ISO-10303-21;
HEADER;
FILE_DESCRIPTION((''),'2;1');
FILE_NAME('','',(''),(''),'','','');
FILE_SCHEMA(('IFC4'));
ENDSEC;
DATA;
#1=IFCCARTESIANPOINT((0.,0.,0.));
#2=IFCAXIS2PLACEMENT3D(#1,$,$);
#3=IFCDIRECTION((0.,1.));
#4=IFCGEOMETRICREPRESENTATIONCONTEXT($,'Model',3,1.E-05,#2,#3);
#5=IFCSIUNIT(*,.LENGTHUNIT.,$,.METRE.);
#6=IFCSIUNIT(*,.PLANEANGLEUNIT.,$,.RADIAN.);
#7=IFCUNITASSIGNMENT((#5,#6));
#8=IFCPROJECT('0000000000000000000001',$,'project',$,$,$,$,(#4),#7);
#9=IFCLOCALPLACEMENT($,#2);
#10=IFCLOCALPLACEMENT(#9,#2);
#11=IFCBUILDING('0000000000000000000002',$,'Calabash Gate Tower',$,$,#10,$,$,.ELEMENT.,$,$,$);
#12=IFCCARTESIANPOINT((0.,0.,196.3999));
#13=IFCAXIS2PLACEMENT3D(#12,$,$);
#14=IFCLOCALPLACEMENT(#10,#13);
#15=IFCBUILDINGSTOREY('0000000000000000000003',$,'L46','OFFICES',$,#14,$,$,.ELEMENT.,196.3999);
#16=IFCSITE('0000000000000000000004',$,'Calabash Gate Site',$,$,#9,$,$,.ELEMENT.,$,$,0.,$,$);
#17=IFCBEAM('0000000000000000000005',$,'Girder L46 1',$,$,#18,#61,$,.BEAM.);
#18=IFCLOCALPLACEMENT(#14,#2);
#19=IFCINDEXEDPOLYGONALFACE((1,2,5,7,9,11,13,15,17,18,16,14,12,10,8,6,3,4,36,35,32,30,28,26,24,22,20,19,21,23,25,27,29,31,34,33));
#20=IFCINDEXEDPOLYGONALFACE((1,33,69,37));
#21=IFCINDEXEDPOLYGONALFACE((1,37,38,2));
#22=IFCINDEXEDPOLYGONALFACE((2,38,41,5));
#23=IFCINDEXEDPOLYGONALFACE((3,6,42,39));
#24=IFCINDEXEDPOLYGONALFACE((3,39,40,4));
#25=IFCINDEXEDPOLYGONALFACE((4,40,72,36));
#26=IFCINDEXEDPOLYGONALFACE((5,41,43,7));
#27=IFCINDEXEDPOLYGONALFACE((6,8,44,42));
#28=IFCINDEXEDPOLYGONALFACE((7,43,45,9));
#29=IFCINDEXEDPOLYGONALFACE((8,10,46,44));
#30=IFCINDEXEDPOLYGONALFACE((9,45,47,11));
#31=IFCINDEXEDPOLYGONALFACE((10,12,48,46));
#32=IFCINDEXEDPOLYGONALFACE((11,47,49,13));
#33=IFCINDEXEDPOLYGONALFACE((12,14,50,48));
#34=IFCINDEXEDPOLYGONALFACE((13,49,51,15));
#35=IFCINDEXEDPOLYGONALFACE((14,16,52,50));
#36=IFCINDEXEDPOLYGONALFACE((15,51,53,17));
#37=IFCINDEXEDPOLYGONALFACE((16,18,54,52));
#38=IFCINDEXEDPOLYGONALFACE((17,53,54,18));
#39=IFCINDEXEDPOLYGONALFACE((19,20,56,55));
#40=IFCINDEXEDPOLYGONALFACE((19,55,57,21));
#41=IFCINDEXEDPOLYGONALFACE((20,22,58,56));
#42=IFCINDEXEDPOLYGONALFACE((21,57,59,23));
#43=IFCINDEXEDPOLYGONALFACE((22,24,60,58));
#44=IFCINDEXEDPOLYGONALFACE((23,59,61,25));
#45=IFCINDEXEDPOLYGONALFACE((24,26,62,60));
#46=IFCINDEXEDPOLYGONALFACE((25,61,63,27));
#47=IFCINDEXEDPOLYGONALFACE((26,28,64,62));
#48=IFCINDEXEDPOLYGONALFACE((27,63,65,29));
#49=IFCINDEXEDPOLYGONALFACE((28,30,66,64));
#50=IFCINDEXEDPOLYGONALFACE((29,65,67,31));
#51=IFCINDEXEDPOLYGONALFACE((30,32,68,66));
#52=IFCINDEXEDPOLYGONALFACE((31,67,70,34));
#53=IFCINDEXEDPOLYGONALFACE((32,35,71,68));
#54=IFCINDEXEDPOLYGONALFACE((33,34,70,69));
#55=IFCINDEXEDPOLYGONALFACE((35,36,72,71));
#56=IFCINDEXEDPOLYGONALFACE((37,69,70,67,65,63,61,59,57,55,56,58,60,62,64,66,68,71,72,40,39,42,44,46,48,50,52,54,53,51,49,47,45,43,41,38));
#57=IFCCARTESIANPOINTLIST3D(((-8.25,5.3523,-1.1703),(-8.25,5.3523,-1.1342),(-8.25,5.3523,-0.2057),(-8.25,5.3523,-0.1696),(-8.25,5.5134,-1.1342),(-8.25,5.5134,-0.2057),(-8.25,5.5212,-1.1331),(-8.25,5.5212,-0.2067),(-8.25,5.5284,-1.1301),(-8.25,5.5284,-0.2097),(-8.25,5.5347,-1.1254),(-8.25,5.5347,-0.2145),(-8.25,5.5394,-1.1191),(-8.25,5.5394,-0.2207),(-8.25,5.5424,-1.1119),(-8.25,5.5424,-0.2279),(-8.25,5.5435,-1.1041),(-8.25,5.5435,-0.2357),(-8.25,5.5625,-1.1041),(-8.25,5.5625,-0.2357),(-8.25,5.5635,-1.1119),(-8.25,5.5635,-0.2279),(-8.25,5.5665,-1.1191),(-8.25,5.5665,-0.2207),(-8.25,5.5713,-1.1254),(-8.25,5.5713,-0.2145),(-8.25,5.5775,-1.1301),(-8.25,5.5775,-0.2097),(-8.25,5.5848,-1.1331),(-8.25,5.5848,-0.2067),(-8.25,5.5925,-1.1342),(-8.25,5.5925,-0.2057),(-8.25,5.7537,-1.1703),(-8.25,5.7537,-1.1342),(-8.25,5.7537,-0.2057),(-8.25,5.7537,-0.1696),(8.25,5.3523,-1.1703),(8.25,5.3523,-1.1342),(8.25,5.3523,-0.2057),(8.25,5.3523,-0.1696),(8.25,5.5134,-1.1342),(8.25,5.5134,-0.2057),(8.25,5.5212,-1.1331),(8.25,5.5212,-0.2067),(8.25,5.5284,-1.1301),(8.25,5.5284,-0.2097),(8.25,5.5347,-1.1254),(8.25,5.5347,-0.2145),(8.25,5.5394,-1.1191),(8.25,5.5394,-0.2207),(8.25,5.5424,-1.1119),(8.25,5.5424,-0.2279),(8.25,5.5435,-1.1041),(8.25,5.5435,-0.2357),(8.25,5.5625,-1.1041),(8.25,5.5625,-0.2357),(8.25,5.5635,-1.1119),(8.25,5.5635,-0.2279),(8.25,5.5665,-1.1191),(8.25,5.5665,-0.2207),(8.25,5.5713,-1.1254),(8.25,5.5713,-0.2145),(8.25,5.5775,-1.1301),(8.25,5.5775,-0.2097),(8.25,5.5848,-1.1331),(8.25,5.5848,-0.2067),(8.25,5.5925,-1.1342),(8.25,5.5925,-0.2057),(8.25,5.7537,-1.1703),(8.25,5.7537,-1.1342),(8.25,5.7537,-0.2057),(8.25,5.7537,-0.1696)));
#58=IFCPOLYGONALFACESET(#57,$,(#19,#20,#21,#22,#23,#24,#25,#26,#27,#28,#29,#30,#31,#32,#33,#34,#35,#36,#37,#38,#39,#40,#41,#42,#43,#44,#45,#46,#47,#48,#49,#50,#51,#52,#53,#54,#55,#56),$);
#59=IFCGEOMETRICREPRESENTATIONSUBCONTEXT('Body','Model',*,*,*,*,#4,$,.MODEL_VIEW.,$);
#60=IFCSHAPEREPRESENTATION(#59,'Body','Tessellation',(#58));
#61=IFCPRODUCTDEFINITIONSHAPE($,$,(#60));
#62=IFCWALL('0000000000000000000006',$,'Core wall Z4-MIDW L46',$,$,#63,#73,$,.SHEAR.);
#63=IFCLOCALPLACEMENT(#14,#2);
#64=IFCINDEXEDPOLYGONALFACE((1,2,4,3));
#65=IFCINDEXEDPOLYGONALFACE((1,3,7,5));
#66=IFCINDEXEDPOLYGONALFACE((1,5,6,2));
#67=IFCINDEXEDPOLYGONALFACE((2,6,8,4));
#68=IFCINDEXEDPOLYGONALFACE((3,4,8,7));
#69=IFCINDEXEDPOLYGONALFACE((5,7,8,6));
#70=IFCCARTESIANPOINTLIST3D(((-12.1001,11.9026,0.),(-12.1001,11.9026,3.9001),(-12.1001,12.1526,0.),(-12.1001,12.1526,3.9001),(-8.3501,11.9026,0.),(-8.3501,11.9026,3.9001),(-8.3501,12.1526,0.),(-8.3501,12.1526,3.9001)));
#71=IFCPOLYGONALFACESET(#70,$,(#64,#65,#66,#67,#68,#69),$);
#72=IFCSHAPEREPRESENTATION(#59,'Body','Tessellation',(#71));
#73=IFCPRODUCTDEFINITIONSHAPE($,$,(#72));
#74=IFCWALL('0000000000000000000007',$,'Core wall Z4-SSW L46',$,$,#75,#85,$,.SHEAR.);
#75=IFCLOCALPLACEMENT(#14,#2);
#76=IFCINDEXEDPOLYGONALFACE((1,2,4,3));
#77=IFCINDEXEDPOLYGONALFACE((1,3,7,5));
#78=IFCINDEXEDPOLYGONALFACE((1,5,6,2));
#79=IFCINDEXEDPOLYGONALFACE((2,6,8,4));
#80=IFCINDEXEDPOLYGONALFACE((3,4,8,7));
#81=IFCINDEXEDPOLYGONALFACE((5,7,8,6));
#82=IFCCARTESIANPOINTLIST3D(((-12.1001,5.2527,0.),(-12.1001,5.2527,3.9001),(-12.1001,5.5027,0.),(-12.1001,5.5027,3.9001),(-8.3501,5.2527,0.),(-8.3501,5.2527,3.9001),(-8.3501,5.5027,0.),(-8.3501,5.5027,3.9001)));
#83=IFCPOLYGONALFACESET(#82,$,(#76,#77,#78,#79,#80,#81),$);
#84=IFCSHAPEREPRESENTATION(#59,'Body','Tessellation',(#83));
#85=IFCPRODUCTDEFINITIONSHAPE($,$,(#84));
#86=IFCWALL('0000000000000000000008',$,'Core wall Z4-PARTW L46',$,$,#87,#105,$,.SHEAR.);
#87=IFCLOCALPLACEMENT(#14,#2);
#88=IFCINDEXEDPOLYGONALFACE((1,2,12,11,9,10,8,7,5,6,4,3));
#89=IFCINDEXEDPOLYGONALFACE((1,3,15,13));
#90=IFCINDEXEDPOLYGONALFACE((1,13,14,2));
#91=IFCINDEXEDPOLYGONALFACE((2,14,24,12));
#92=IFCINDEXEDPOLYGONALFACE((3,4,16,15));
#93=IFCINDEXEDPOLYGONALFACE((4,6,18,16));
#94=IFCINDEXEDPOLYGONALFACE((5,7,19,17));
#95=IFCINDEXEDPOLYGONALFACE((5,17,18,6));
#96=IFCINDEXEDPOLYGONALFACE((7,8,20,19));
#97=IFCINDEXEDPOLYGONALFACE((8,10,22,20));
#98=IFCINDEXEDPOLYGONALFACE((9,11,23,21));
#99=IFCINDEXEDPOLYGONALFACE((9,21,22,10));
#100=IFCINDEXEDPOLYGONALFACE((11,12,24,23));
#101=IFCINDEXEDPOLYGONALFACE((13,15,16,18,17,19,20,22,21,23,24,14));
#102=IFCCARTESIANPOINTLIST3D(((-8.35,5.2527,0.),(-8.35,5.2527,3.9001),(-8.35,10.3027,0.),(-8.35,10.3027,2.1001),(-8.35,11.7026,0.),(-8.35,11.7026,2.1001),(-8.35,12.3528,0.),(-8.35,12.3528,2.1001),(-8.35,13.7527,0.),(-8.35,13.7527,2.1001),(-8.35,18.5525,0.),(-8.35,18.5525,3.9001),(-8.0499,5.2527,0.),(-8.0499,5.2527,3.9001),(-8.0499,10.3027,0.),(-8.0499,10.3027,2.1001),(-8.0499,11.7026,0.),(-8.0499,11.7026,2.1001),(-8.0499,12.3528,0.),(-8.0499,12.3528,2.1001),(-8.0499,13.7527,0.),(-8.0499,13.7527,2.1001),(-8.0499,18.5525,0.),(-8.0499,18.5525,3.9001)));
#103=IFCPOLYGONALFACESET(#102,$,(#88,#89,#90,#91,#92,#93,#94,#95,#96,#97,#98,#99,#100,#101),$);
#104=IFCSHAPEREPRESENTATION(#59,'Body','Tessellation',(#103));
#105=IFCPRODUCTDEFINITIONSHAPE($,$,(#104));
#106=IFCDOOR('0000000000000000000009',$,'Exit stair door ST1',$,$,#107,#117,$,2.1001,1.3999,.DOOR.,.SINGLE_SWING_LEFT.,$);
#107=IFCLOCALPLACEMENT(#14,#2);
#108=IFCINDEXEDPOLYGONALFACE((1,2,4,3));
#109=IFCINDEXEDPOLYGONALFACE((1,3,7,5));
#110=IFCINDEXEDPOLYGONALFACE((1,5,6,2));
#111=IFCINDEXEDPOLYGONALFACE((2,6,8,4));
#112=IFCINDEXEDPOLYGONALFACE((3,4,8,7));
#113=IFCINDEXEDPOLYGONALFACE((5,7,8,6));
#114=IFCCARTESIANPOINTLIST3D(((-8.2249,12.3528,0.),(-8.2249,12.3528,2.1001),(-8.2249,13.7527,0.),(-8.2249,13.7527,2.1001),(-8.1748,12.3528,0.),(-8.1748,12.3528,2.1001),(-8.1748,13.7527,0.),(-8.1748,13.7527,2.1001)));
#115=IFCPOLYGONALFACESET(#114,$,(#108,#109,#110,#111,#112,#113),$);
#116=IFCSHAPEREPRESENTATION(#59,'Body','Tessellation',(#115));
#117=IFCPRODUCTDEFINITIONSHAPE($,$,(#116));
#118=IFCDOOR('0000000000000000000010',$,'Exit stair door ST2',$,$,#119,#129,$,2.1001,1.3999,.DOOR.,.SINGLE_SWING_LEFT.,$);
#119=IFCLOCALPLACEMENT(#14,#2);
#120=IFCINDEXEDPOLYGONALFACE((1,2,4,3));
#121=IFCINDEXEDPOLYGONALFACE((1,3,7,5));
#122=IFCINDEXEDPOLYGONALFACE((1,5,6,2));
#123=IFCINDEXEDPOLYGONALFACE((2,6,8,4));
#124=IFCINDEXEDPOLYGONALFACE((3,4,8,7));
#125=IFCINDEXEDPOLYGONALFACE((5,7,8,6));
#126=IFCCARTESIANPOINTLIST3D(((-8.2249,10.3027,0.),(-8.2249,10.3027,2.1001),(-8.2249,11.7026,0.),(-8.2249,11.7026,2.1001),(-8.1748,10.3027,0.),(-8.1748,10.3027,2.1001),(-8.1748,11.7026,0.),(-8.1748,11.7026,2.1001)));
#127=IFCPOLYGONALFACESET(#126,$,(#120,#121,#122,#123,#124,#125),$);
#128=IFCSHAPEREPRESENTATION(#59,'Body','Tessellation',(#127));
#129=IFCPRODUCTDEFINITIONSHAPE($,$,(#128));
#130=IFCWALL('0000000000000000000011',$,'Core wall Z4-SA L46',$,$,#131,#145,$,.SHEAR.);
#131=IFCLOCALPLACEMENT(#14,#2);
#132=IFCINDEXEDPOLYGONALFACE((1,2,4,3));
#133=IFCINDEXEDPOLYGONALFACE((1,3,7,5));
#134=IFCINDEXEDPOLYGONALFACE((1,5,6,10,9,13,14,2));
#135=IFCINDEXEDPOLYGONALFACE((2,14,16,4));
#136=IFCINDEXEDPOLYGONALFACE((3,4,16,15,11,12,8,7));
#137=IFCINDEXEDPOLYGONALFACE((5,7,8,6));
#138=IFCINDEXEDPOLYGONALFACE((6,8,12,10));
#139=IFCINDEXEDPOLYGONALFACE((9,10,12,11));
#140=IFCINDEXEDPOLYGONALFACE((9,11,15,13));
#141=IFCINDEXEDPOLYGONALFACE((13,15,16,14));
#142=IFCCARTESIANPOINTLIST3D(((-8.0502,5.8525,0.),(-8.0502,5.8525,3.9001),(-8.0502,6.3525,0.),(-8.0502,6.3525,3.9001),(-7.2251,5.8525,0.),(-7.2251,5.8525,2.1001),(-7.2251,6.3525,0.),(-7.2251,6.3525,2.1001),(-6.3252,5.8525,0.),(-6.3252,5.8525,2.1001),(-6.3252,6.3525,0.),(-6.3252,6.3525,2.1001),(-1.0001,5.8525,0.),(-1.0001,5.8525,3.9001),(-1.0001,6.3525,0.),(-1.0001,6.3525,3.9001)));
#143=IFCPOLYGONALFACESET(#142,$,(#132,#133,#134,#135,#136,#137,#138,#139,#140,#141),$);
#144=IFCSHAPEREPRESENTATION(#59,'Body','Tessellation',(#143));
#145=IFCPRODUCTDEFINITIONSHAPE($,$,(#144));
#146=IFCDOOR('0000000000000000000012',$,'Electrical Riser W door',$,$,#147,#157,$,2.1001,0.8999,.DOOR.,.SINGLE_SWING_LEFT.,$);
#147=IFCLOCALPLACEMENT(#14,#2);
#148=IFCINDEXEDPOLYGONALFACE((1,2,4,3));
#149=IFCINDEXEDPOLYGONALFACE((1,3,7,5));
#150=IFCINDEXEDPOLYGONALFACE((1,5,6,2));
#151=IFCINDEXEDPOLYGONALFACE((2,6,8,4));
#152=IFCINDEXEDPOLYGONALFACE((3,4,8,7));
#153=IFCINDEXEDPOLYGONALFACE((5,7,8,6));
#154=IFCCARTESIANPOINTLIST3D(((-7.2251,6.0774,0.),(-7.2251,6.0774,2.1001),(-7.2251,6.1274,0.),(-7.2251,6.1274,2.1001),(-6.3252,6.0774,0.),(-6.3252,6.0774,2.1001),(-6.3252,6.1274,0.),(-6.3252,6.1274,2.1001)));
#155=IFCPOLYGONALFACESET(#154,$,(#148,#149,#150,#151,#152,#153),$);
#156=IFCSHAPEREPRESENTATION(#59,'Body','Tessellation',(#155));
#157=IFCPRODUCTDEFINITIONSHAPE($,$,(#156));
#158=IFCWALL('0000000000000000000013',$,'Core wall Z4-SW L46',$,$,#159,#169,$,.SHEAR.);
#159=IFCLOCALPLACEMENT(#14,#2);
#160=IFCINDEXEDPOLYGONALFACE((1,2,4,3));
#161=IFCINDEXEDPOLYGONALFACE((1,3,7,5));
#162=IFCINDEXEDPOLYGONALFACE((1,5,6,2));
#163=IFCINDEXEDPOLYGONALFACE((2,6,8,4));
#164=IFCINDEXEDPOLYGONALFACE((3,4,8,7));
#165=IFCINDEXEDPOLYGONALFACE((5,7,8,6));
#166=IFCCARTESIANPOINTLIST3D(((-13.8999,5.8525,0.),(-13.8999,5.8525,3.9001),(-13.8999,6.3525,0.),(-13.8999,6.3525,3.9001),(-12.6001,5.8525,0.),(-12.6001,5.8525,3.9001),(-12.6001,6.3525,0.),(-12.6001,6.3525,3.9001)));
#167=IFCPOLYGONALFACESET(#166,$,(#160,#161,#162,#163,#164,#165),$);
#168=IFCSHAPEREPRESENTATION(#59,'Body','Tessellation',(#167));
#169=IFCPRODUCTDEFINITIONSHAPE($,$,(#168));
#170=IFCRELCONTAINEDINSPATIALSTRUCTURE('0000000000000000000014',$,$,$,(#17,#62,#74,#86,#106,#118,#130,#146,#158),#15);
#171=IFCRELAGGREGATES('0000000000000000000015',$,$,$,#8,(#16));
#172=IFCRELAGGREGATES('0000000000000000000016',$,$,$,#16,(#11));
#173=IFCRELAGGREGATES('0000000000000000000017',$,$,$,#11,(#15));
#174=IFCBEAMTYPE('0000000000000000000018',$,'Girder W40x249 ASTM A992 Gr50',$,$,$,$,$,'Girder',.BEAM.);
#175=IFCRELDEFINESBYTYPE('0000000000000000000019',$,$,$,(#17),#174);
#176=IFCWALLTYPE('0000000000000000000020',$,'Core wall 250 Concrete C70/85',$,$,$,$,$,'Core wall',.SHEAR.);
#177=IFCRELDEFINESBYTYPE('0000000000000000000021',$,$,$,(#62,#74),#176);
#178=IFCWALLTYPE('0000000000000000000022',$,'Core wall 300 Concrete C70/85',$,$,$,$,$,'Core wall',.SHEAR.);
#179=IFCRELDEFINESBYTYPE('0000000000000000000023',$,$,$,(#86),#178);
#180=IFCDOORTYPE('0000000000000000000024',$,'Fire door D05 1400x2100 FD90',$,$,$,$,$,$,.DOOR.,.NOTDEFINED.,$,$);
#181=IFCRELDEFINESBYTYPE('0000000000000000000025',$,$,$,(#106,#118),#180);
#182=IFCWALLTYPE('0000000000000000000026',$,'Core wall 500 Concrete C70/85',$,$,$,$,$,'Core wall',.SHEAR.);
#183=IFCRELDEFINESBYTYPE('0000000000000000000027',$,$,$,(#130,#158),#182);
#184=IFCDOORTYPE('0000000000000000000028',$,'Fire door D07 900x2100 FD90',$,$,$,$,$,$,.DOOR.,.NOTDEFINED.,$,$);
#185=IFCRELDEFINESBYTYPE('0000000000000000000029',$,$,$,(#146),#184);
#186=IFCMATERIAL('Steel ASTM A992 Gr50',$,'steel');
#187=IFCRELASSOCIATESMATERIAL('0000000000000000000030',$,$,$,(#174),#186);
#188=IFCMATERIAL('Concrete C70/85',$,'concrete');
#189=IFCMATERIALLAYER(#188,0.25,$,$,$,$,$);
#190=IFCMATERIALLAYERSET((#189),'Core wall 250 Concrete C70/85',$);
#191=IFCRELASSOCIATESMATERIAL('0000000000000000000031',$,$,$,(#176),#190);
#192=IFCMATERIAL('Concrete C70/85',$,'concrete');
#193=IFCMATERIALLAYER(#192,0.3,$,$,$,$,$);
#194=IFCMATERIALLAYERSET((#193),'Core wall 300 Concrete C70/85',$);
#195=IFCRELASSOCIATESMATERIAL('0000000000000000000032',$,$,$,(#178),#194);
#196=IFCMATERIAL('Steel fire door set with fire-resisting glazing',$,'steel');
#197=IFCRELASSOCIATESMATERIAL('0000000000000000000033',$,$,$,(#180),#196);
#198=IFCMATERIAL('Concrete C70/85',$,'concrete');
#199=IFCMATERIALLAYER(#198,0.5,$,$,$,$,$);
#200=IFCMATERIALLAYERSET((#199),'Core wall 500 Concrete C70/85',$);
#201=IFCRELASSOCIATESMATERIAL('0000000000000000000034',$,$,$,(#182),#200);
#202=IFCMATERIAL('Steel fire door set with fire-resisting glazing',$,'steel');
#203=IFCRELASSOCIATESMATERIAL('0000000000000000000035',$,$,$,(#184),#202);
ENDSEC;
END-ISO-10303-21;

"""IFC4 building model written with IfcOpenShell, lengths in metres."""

from ifc_helpers import new_model, si_unit, direction, frame, frame_2d, origin, origin_2d, place, context, subcontext, project, spatial, rectangle, i_section, extrude, material, layer, layer_set, material_profile, profile_set, type_object, element, fill, save


model = new_model("IFC4")

# Units and contexts
model_context = context("Model", 3, precision=1e-05, world=origin(), true_north=direction((0.0, 1.0)))
body_context = subcontext(model_context, "Body", "Model", "MODEL_VIEW")
ifc_project = project(units=[si_unit("LENGTHUNIT", "METRE"), si_unit("PLANEANGLEUNIT", "RADIAN")], contexts=[model_context])

# Site, building, storey
site_placement = place(None, origin())
site = spatial("IfcSite", under=ifc_project, at=site_placement, Name="Calabash Gate Site", CompositionType="ELEMENT", RefElevation=0.0)
building_placement = place(site_placement, origin())
building = spatial("IfcBuilding", under=site, at=building_placement, Name="Calabash Gate Tower", CompositionType="ELEMENT")
storey_placement = place(building_placement, frame((0.0, 0.0, 196.3999)))
storey = spatial("IfcBuildingStorey", under=building, at=storey_placement, Name="L46", Description="OFFICES", CompositionType="ELEMENT", Elevation=196.3999)

# Beam
ifc_material_1 = material(Name="Steel ASTM A992 Gr50", Category="steel")
ifc_material_profile = material_profile(ifc_material_1, i_section(OverallWidth=0.4014, OverallDepth=1.0007, WebThickness=0.019, FlangeThickness=0.0361, FilletRadius=0.03, at=origin_2d()))
ifc_profile_set = profile_set([ifc_material_profile], Name="Steel ASTM A992 Gr50")
beam_type = type_object("IfcBeamType", Name="Girder W40x249 ASTM A992 Gr50", ElementType="Girder", PredefinedType="BEAM", material=ifc_profile_set)
beam_placement = place(storey_placement, frame((-8.25, 5.553, -0.6699), z_axis=(1.0, 0.0, 0.0), x_axis=(0.0, 1.0, 0.0)))
element("IfcBeam", 1, at=beam_placement, inside=storey, type_object=beam_type, Name="Girder L46 1", PredefinedType="BEAM", context=body_context, shape_type="SweptSolid", body=[
    extrude(i_section(OverallWidth=0.4014, OverallDepth=1.0007, WebThickness=0.019, FlangeThickness=0.0361, FilletRadius=0.03, at=origin_2d()), origin(), (0.0, 0.0, 1.0), 16.5),
])

# Walls
ifc_material_2 = material(Name="Concrete C70/85", Category="concrete")
ifc_layer_1 = layer(ifc_material_2, 0.25)
ifc_layer_set_1 = layer_set([ifc_layer_1], Name="Core wall 250 Concrete C70/85")
wall_type_1 = type_object("IfcWallType", Name="Core wall 250 Concrete C70/85", ElementType="Core wall", PredefinedType="SHEAR", material=ifc_layer_set_1)
for number, where, z_axis, x_axis, name in (
    (2, (-12.1001, 12.0276, 0.0), (0.0, 0.0, 1.0), (1.0, 0.0, 0.0), "Core wall Z4-MIDW L46"),
    (3, (-12.1001, 5.3777, 0.0), (0.0, 0.0, 1.0), (1.0, 0.0, 0.0), "Core wall Z4-SSW L46"),
):
    element("IfcWall", number, at=place(storey_placement, frame(where, z_axis=z_axis, x_axis=x_axis)), inside=storey, type_object=wall_type_1, Name=name, PredefinedType="SHEAR", context=body_context, shape_type="SweptSolid", body=[
        extrude(rectangle(XDim=3.75, YDim=0.25, at=frame_2d((1.875, 0.0))), origin(), (0.0, 0.0, 1.0), 3.9001),
    ])

# Wall, openings, doors
ifc_material_3 = material(Name="Concrete C70/85", Category="concrete")
ifc_layer_2 = layer(ifc_material_3, 0.3)
ifc_layer_set_2 = layer_set([ifc_layer_2], Name="Core wall 300 Concrete C70/85")
wall_type_2 = type_object("IfcWallType", Name="Core wall 300 Concrete C70/85", ElementType="Core wall", PredefinedType="SHEAR", material=ifc_layer_set_2)
wall_1_placement = place(storey_placement, frame((-8.2, 5.2527, 0.0), z_axis=(0.0, 0.0, 1.0), x_axis=(0.0, 1.0, 0.0)))
wall_1 = element("IfcWall", 4, at=wall_1_placement, inside=storey, type_object=wall_type_2, Name="Core wall Z4-PARTW L46", PredefinedType="SHEAR", context=body_context, shape_type="SweptSolid", body=[
    extrude(rectangle(XDim=13.2998, YDim=0.3, at=frame_2d((6.6499, 0.0))), origin(), (0.0, 0.0, 1.0), 3.9001),
])
opening_1_placement = place(wall_1_placement, frame((7.1001, 0.0, 0.0)))
opening_1 = element("IfcOpeningElement", 5, at=opening_1_placement, cuts=wall_1, PredefinedType="OPENING", context=body_context, shape_type="SweptSolid", body=[
    extrude(rectangle(XDim=1.3999, YDim=2.1001, at=frame_2d((0.7, 1.05))), frame((0.0, 0.1599, 0.0), z_axis=(0.0, -1.0, 0.0), x_axis=(1.0, 0.0, 0.0)), (0.0, 0.0, 1.0), 0.3201),
])
opening_2_placement = place(wall_1_placement, frame((5.05, 0.0, 0.0)))
opening_2 = element("IfcOpeningElement", 6, at=opening_2_placement, cuts=wall_1, PredefinedType="OPENING", context=body_context, shape_type="SweptSolid", body=[
    extrude(rectangle(XDim=1.3999, YDim=2.1001, at=frame_2d((0.7, 1.05))), frame((0.0, 0.1599, 0.0), z_axis=(0.0, -1.0, 0.0), x_axis=(1.0, 0.0, 0.0)), (0.0, 0.0, 1.0), 0.3201),
])
ifc_material_4 = material(Name="Steel fire door set with fire-resisting glazing", Category="steel")
door_type_1 = type_object("IfcDoorType", Name="Fire door D05 1400x2100 FD90", OperationType="NOTDEFINED", PredefinedType="DOOR", material=ifc_material_4)
door_1_placement = place(opening_1_placement, origin())
door_1 = element("IfcDoor", 7, at=door_1_placement, inside=storey, type_object=door_type_1, Name="Exit stair door ST1", OperationType="SINGLE_SWING_LEFT", OverallHeight=2.1001, OverallWidth=1.3999, PredefinedType="DOOR", context=body_context, shape_type="SweptSolid", body=[
    extrude(rectangle(XDim=1.3999, YDim=2.1001, at=frame_2d((0.7, 1.05))), frame((0.0, 0.0249, 0.0), z_axis=(0.0, -1.0, 0.0), x_axis=(1.0, 0.0, 0.0)), (0.0, 0.0, 1.0), 0.05),
])
fill(opening_1, door_1)
door_2_placement = place(opening_2_placement, origin())
door_2 = element("IfcDoor", 8, at=door_2_placement, inside=storey, type_object=door_type_1, Name="Exit stair door ST2", OperationType="SINGLE_SWING_LEFT", OverallHeight=2.1001, OverallWidth=1.3999, PredefinedType="DOOR", context=body_context, shape_type="SweptSolid", body=[
    extrude(rectangle(XDim=1.3999, YDim=2.1001, at=frame_2d((0.7, 1.05))), frame((0.0, 0.0249, 0.0), z_axis=(0.0, -1.0, 0.0), x_axis=(1.0, 0.0, 0.0)), (0.0, 0.0, 1.0), 0.05),
])
fill(opening_2, door_2)

# Wall, opening, door
ifc_material_5 = material(Name="Concrete C70/85", Category="concrete")
ifc_layer_3 = layer(ifc_material_5, 0.5)
ifc_layer_set_3 = layer_set([ifc_layer_3], Name="Core wall 500 Concrete C70/85")
wall_type_3 = type_object("IfcWallType", Name="Core wall 500 Concrete C70/85", ElementType="Core wall", PredefinedType="SHEAR", material=ifc_layer_set_3)
wall_2_placement = place(storey_placement, frame((-8.05, 6.1025, 0.0), z_axis=(0.0, 0.0, 1.0), x_axis=(1.0, 0.0, 0.0)))
wall_2 = element("IfcWall", 9, at=wall_2_placement, inside=storey, type_object=wall_type_3, Name="Core wall Z4-SA L46", PredefinedType="SHEAR", context=body_context, shape_type="SweptSolid", body=[
    extrude(rectangle(XDim=7.05, YDim=0.5, at=frame_2d((3.5249, 0.0))), origin(), (0.0, 0.0, 1.0), 3.9001),
])
opening_3_placement = place(wall_2_placement, frame((0.825, 0.0, 0.0)))
opening_3 = element("IfcOpeningElement", 10, at=opening_3_placement, cuts=wall_2, PredefinedType="OPENING", context=body_context, shape_type="SweptSolid", body=[
    extrude(rectangle(XDim=0.8999, YDim=2.1001, at=frame_2d((0.45, 1.05))), frame((0.0, 0.26, 0.0), z_axis=(0.0, -1.0, 0.0), x_axis=(1.0, 0.0, 0.0)), (0.0, 0.0, 1.0), 0.52),
])
ifc_material_6 = material(Name="Steel fire door set with fire-resisting glazing", Category="steel")
door_type_2 = type_object("IfcDoorType", Name="Fire door D07 900x2100 FD90", OperationType="NOTDEFINED", PredefinedType="DOOR", material=ifc_material_6)
door_3_placement = place(opening_3_placement, origin())
door_3 = element("IfcDoor", 11, at=door_3_placement, inside=storey, type_object=door_type_2, Name="Electrical Riser W door", OperationType="SINGLE_SWING_LEFT", OverallHeight=2.1001, OverallWidth=0.8999, PredefinedType="DOOR", context=body_context, shape_type="SweptSolid", body=[
    extrude(rectangle(XDim=0.8999, YDim=2.1001, at=frame_2d((0.45, 1.05))), frame((0.0, 0.0249, 0.0), z_axis=(0.0, -1.0, 0.0), x_axis=(1.0, 0.0, 0.0)), (0.0, 0.0, 1.0), 0.05),
])
fill(opening_3, door_3)

# Wall
wall_3_placement = place(storey_placement, frame((-12.6001, 6.1025, 0.0), z_axis=(0.0, 0.0, 1.0), x_axis=(-1.0, 0.0, 0.0)))
element("IfcWall", 12, at=wall_3_placement, inside=storey, type_object=wall_type_3, Name="Core wall Z4-SW L46", PredefinedType="SHEAR", context=body_context, shape_type="SweptSolid", body=[
    extrude(rectangle(XDim=1.2998, YDim=0.5, at=frame_2d((0.6499, 0.0))), origin(), (0.0, 0.0, 1.0), 3.9001),
])

save(model, "model.ifc")
